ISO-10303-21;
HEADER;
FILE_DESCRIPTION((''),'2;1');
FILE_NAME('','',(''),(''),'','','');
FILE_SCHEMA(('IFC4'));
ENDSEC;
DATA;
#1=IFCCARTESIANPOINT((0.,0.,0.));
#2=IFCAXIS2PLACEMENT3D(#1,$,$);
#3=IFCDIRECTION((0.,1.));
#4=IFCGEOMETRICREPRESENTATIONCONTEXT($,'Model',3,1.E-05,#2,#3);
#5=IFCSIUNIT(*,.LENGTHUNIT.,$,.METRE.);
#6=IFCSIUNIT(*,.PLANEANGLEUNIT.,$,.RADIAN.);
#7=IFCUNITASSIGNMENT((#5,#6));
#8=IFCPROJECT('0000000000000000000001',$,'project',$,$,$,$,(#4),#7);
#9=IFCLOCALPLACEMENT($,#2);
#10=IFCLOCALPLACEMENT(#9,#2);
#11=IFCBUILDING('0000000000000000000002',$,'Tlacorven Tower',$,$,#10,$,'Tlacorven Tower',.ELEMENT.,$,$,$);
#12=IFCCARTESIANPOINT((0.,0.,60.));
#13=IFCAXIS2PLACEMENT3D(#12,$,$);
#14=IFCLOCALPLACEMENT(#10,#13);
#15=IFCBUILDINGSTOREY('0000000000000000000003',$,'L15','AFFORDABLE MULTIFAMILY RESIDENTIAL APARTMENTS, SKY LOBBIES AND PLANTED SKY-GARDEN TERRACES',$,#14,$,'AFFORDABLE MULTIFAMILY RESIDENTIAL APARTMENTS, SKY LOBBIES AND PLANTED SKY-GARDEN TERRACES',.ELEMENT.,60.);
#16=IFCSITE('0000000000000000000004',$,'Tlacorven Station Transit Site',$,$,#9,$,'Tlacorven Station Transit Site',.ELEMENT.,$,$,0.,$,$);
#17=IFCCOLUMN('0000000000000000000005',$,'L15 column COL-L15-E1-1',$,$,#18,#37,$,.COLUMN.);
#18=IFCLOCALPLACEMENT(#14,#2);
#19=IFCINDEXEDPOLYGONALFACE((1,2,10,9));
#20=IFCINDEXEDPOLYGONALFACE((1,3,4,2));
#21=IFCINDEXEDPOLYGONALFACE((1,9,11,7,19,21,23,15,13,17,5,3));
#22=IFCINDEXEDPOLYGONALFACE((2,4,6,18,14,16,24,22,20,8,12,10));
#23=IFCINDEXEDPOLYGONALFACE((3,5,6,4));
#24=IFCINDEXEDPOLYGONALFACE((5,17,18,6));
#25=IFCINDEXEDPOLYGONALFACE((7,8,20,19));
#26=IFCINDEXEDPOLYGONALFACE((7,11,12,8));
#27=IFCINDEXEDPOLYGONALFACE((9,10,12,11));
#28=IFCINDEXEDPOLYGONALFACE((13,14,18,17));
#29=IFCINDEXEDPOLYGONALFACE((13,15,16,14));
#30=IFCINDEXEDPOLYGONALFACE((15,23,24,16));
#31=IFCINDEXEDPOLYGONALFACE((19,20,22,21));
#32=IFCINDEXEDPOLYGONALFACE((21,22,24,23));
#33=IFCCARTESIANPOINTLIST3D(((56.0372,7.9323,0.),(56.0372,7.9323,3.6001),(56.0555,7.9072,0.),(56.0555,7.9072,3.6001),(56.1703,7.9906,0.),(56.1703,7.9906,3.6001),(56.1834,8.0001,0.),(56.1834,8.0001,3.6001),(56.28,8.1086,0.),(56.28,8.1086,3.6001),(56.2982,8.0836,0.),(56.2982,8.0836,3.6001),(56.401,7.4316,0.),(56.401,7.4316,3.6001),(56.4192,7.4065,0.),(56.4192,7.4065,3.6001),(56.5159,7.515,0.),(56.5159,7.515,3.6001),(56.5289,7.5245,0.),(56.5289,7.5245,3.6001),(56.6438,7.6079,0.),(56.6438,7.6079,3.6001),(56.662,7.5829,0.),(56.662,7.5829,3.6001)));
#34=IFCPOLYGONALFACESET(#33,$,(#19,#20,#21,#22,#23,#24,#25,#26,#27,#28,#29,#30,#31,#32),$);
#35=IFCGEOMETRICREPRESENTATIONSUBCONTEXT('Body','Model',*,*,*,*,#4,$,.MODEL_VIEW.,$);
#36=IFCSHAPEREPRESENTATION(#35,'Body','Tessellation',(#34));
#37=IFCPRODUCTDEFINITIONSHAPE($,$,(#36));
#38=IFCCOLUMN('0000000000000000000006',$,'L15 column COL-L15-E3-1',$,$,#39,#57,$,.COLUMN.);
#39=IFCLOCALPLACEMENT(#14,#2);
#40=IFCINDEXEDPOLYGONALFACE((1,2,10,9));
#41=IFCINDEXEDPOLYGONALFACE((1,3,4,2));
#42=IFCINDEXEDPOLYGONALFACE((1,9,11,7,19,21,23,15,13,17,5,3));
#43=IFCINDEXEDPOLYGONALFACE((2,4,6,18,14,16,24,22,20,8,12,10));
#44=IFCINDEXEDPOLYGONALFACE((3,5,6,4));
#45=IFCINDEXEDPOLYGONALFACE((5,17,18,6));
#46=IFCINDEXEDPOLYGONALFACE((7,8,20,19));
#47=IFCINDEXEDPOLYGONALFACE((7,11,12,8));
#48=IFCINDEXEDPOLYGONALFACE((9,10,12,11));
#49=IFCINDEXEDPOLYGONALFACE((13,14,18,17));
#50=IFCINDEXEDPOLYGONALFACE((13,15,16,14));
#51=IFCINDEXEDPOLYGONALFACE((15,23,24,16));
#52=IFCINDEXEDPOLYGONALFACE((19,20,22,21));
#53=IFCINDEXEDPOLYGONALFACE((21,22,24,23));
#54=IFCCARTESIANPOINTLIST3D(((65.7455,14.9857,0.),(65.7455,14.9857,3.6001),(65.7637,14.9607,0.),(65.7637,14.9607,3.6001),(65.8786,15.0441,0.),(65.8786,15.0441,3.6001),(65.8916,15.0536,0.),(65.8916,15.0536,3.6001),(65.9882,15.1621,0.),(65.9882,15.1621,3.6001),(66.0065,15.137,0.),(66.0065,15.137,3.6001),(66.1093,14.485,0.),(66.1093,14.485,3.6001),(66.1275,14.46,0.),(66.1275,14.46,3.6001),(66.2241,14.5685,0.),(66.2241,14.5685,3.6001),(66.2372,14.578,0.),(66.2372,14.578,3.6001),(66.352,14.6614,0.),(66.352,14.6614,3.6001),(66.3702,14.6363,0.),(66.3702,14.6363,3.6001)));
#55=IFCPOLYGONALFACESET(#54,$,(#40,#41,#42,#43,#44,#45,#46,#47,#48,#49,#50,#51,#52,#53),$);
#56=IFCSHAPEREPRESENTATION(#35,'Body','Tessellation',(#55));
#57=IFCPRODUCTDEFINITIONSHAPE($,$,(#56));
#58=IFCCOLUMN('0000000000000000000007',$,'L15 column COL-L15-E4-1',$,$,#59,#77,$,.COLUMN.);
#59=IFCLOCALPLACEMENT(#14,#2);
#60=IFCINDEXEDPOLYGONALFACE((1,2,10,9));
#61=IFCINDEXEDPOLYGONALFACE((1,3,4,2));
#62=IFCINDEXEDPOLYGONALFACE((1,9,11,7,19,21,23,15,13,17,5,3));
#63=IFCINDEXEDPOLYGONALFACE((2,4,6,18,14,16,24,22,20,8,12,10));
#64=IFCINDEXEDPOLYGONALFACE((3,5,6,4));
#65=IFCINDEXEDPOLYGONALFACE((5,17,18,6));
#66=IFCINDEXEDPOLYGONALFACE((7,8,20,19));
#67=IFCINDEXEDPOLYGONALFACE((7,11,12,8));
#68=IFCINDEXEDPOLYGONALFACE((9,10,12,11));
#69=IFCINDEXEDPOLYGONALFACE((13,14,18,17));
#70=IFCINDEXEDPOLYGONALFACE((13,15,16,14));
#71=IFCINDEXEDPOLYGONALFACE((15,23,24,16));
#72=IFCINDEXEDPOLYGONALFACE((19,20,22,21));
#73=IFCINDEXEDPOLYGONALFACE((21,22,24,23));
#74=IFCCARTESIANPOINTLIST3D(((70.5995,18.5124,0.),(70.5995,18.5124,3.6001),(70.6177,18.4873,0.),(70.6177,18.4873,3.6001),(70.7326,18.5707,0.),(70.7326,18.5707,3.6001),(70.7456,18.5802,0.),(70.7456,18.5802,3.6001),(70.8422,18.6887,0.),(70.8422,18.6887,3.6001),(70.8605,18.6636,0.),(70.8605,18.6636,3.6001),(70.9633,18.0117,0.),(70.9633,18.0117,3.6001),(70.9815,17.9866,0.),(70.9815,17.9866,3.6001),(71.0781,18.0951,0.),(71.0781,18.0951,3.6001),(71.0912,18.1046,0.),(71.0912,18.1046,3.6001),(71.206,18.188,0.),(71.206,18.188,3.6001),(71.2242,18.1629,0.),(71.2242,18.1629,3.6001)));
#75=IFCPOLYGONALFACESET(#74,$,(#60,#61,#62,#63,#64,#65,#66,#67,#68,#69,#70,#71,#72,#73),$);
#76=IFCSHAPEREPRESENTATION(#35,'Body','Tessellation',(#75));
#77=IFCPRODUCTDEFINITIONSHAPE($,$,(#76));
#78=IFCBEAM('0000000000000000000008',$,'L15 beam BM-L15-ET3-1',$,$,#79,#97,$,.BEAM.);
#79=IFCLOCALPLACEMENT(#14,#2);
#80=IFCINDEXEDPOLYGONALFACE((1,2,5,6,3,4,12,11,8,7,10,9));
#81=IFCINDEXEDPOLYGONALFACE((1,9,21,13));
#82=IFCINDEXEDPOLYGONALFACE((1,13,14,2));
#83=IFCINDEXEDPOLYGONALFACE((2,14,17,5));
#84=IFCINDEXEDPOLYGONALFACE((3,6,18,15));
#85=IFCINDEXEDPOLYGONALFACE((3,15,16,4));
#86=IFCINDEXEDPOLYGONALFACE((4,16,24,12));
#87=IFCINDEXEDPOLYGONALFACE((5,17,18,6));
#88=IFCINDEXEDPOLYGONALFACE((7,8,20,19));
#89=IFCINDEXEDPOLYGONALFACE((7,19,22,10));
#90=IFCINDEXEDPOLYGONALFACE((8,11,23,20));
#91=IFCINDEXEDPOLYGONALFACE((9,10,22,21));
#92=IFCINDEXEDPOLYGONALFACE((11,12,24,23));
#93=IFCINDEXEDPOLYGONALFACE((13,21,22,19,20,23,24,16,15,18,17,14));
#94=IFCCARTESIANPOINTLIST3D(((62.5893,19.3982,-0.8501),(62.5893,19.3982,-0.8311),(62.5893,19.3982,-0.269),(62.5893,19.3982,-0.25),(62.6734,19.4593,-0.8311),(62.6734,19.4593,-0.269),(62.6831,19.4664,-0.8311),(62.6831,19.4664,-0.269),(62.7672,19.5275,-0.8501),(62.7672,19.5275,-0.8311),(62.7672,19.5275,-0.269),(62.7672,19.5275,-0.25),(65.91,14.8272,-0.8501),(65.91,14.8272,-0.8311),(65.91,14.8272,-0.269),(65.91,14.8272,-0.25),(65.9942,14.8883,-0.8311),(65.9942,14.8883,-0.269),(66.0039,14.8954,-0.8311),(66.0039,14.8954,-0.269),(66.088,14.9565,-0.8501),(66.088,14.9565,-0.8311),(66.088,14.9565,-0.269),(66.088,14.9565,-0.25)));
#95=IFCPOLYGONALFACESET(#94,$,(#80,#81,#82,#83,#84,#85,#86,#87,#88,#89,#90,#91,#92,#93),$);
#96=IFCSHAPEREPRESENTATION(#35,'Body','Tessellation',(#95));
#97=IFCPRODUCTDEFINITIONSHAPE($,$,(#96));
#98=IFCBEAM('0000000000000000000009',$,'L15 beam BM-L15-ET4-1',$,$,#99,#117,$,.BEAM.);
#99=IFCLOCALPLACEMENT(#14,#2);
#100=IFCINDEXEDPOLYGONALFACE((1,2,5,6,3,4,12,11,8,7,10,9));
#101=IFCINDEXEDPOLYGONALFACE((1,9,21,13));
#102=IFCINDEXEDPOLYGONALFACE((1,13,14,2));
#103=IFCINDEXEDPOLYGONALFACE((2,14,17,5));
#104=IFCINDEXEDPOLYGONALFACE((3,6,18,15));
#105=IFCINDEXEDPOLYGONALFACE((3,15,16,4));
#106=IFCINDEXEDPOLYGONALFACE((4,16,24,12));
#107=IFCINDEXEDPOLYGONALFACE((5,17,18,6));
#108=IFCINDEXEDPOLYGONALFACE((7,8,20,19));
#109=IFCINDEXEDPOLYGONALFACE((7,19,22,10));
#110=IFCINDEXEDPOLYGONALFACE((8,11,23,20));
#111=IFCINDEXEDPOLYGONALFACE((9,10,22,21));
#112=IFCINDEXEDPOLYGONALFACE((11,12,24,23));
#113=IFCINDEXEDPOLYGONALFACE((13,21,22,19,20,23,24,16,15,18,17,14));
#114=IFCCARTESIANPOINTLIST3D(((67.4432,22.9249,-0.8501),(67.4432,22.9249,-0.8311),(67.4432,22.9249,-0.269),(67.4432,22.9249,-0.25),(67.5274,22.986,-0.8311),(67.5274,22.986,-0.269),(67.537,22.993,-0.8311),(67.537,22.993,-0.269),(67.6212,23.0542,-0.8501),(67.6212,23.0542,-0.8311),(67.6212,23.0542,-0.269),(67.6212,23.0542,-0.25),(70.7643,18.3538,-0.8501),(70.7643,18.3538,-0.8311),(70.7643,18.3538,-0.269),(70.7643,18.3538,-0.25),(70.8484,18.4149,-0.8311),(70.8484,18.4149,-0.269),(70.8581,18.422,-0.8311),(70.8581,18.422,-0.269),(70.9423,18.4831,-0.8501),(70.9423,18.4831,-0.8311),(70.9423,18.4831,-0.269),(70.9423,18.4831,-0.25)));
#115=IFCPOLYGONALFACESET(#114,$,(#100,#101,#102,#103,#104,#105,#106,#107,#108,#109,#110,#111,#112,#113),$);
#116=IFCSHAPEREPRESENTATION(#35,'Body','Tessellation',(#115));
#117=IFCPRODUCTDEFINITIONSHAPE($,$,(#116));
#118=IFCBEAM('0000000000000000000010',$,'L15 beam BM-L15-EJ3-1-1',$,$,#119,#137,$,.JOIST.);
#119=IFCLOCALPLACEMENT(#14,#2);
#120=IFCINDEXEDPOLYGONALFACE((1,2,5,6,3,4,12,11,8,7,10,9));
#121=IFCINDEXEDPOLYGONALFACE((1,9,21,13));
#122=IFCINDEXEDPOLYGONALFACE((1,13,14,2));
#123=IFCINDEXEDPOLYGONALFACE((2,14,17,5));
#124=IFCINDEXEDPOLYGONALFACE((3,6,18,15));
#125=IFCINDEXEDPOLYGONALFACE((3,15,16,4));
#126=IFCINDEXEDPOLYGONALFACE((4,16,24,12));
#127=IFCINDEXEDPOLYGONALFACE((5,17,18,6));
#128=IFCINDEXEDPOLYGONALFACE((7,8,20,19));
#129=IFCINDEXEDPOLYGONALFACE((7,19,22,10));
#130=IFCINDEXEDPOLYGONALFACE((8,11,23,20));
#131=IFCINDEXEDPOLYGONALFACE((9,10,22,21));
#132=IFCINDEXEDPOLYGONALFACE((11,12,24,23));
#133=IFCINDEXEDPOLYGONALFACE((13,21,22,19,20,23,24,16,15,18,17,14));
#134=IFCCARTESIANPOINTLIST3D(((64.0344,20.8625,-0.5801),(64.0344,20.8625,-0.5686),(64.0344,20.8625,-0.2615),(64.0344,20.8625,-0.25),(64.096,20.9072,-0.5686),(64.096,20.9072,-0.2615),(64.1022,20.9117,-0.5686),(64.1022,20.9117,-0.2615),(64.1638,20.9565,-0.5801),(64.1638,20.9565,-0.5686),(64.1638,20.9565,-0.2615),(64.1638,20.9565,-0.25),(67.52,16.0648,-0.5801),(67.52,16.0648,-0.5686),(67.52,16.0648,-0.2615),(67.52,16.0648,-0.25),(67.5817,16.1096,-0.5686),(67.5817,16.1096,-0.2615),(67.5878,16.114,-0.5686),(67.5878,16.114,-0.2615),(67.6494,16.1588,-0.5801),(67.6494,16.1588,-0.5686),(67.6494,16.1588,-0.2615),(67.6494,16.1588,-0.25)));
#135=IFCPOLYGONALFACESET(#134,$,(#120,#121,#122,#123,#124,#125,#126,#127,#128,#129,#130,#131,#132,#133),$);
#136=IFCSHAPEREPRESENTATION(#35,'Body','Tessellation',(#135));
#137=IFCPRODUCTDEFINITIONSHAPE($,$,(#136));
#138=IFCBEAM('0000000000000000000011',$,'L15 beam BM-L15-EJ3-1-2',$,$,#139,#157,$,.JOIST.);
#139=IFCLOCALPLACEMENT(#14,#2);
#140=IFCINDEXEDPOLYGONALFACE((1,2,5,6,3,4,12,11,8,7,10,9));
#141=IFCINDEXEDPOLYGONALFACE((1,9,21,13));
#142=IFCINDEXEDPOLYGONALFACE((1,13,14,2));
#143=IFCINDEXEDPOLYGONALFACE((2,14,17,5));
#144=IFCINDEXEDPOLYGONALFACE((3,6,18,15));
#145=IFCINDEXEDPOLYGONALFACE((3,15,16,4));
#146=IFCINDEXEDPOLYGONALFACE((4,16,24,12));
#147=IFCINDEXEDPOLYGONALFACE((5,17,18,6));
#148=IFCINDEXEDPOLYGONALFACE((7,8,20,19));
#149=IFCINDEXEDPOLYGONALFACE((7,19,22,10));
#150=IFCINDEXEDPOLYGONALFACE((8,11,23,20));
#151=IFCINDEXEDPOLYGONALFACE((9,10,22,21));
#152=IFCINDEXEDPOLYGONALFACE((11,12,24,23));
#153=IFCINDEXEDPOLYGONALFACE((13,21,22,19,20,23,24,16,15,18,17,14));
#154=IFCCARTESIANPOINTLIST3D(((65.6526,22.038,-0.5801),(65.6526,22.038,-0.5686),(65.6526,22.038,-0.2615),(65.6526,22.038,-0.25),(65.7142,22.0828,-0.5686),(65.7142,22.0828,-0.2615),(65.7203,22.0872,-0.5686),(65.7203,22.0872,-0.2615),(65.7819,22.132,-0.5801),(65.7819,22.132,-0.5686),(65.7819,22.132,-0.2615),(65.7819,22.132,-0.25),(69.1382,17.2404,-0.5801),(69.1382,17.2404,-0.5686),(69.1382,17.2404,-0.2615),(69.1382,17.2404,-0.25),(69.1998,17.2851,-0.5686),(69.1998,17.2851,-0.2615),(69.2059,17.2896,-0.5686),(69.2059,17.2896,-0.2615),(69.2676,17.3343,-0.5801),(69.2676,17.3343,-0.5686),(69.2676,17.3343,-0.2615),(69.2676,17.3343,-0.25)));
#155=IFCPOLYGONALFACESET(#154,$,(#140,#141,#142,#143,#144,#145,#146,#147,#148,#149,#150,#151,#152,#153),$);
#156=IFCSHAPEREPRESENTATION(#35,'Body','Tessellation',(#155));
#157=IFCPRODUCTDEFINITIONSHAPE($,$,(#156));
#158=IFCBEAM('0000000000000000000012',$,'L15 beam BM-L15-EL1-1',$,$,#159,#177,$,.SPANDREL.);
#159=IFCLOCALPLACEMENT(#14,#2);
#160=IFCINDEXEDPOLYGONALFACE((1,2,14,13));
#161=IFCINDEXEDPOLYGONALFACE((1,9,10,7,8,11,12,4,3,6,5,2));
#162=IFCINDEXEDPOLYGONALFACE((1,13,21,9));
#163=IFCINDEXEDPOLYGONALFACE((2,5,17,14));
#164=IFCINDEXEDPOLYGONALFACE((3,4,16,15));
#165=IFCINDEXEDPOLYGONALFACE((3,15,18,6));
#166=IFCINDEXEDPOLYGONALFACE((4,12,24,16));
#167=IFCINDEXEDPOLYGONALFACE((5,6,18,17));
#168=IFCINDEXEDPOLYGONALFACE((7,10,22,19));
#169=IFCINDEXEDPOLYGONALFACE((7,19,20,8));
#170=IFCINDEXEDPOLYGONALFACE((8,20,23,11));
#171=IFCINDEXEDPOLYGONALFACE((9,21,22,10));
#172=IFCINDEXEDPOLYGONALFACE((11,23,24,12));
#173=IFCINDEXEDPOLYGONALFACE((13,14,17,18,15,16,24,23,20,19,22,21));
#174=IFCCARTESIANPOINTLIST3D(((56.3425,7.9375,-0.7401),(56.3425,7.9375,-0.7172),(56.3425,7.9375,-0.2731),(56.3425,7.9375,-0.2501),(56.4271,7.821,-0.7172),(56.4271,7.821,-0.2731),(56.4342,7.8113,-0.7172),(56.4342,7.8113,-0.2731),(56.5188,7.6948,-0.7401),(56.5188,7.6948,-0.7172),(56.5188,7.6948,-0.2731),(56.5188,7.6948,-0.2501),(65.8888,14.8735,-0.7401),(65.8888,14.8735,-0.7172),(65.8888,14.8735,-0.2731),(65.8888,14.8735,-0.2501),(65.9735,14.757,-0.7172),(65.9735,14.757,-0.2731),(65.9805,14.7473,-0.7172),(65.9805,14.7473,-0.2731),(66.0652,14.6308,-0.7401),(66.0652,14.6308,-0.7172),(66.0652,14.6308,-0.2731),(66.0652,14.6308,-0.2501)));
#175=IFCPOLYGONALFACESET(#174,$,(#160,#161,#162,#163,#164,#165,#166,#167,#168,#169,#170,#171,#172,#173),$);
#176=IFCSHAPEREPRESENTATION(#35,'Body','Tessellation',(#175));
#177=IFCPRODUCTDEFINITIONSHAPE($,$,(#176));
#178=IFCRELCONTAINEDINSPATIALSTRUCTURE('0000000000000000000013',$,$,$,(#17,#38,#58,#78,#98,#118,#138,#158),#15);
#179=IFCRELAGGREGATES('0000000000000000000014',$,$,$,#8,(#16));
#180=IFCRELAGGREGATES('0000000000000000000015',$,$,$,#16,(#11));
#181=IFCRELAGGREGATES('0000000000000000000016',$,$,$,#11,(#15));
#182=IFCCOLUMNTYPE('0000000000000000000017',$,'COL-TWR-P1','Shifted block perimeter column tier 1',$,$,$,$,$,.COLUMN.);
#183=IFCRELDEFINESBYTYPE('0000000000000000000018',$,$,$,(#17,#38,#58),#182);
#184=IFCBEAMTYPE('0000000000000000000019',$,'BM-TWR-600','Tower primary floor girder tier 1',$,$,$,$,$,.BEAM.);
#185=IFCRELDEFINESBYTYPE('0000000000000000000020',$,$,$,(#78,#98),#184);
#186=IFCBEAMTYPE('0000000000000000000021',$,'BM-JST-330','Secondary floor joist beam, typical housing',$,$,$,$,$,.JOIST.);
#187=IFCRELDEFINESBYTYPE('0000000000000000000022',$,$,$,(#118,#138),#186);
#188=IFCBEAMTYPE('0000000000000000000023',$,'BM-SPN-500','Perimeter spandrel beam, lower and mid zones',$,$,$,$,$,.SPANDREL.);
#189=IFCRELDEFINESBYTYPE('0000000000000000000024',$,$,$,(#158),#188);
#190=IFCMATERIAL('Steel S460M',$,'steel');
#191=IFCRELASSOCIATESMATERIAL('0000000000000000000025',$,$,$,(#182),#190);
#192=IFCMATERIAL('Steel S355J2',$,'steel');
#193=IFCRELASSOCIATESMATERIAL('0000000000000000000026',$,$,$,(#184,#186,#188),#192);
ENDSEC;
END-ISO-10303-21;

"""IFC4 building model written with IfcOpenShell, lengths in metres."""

from ifc_helpers import new_model, si_unit, direction, frame, origin, origin_2d, place, context, subcontext, project, spatial, i_section, extrude, source, transform, mapped, material, material_profile, profile_set, type_object, element, save


model = new_model("IFC4")

# Units and contexts
model_context = context("Model", 3, precision=1e-05, world=origin(), true_north=direction((0.0, 1.0)))
body_context = subcontext(model_context, "Body", "Model", "MODEL_VIEW")
ifc_project = project(units=[si_unit("LENGTHUNIT", "METRE"), si_unit("PLANEANGLEUNIT", "RADIAN")], contexts=[model_context])

# Site, building, storey
site_placement = place(None, origin())
site = spatial("IfcSite", under=ifc_project, at=site_placement, Name="Tlacorven Station Transit Site", LongName="Tlacorven Station Transit Site", CompositionType="ELEMENT", RefElevation=0.0)
building_placement = place(site_placement, origin())
building = spatial("IfcBuilding", under=site, at=building_placement, Name="Tlacorven Tower", LongName="Tlacorven Tower", CompositionType="ELEMENT")
storey_placement = place(building_placement, frame((0.0, 0.0, 60.0)))
storey = spatial("IfcBuildingStorey", under=building, at=storey_placement, Name="L15", Description="AFFORDABLE MULTIFAMILY RESIDENTIAL APARTMENTS, SKY LOBBIES AND PLANTED SKY-GARDEN TERRACES", LongName="AFFORDABLE MULTIFAMILY RESIDENTIAL APARTMENTS, SKY LOBBIES AND PLANTED SKY-GARDEN TERRACES", CompositionType="ELEMENT", Elevation=60.0)

# Columns
ifc_material_1 = material(Name="Steel S460M", Category="steel")
ifc_material_profile_1 = material_profile(ifc_material_1, i_section(OverallWidth=0.3, OverallDepth=0.6499, WebThickness=0.0161, FlangeThickness=0.031, at=origin_2d()), Name="HEB 650")
ifc_profile_set_1 = profile_set([ifc_material_profile_1], Name="Steel S460M")
column_type = type_object("IfcColumnType", Name="COL-TWR-P1", Description="Shifted block perimeter column tier 1", PredefinedType="COLUMN", material=ifc_profile_set_1)
shared_shape_1 = source(origin(), body_context, "Body", "SweptSolid", [
    extrude(i_section(OverallWidth=0.3, OverallDepth=0.6499, WebThickness=0.0161, FlangeThickness=0.031, at=origin_2d()), origin(), (0.0, 0.0, 1.0), 3.6001),
])
for number, where, z_axis, x_axis, name in (
    (1, (56.3496, 7.7576, 0.0), (0.0, 0.0, 1.0), (0.809017, 0.587785, 0.0), "L15 column COL-L15-E1-1"),
    (2, (66.0579, 14.811, 0.0), (0.0, 0.0, 1.0), (0.809017, 0.587785, 0.0), "L15 column COL-L15-E3-1"),
    (3, (70.9119, 18.3376, 0.0), (0.0, 0.0, 1.0), (0.809017, 0.587785, 0.0), "L15 column COL-L15-E4-1"),
):
    element("IfcColumn", number, at=place(storey_placement, frame(where, z_axis=z_axis, x_axis=x_axis)), inside=storey, type_object=column_type, Name=name, PredefinedType="COLUMN", context=body_context, shape_type="MappedRepresentation", body=[
        mapped(shared_shape_1, transform((0.0, 0.0, 0.0), scale=1.0)),
    ])

# Beams
ifc_material_2 = material(Name="Steel S355J2", Category="steel")
ifc_material_profile_2 = material_profile(ifc_material_2, i_section(OverallWidth=0.22, OverallDepth=0.6001, WebThickness=0.012, FlangeThickness=0.019, at=origin_2d()), Name="IPE 600")
ifc_profile_set_2 = profile_set([ifc_material_profile_2], Name="Steel S355J2")
beam_type_1 = type_object("IfcBeamType", Name="BM-TWR-600", Description="Tower primary floor girder tier 1", PredefinedType="BEAM", material=ifc_profile_set_2)
shared_shape_2 = source(origin(), body_context, "Body", "SweptSolid", [
    extrude(i_section(OverallWidth=0.22, OverallDepth=0.6001, WebThickness=0.012, FlangeThickness=0.019, at=origin_2d()), origin(), (0.0, 0.0, 1.0), 5.6499),
])
beam_1_placement = place(storey_placement, frame((65.999, 14.8918, -0.55), z_axis=(-0.587755, 0.809039, 0.0), x_axis=(-0.809039, -0.587755, 0.0)))
element("IfcBeam", 4, at=beam_1_placement, inside=storey, type_object=beam_type_1, Name="L15 beam BM-L15-ET3-1", PredefinedType="BEAM", context=body_context, shape_type="MappedRepresentation", body=[
    mapped(shared_shape_2, transform((0.0, 0.0, 0.0), scale=1.0)),
])
shared_shape_3 = source(origin(), body_context, "Body", "SweptSolid", [
    extrude(i_section(OverallWidth=0.22, OverallDepth=0.6001, WebThickness=0.012, FlangeThickness=0.019, at=origin_2d()), origin(), (0.0, 0.0, 1.0), 5.6501),
])
beam_2_placement = place(storey_placement, frame((70.8533, 18.4185, -0.55), z_axis=(-0.587784, 0.809018, 0.0), x_axis=(-0.809018, -0.587784, 0.0)))
element("IfcBeam", 5, at=beam_2_placement, inside=storey, type_object=beam_type_1, Name="L15 beam BM-L15-ET4-1", PredefinedType="BEAM", context=body_context, shape_type="MappedRepresentation", body=[
    mapped(shared_shape_3, transform((0.0, 0.0, 0.0), scale=1.0)),
])
ifc_material_profile_3 = material_profile(ifc_material_2, i_section(OverallWidth=0.1599, OverallDepth=0.3301, WebThickness=0.0076, FlangeThickness=0.0115, at=origin_2d()), Name="IPE 330")
ifc_profile_set_3 = profile_set([ifc_material_profile_3], Name="Steel S355J2")
beam_type_2 = type_object("IfcBeamType", Name="BM-JST-330", Description="Secondary floor joist beam, typical housing", PredefinedType="JOIST", material=ifc_profile_set_3)
shared_shape_4 = source(origin(), body_context, "Body", "SweptSolid", [
    extrude(i_section(OverallWidth=0.1599, OverallDepth=0.3301, WebThickness=0.0076, FlangeThickness=0.0115, at=origin_2d()), origin(), (0.0, 0.0, 1.0), 5.9302),
])
for number, where, z_axis, x_axis, name in (
    (6, (67.5847, 16.1118, -0.415), (-0.587778, 0.809023, 0.0), (-0.809023, -0.587778, 0.0), "L15 beam BM-L15-EJ3-1-1"),
    (7, (69.2029, 17.2874, -0.415), (-0.587778, 0.809023, 0.0), (-0.809023, -0.587778, 0.0), "L15 beam BM-L15-EJ3-1-2"),
):
    element("IfcBeam", number, at=place(storey_placement, frame(where, z_axis=z_axis, x_axis=x_axis)), inside=storey, type_object=beam_type_2, Name=name, PredefinedType="JOIST", context=body_context, shape_type="MappedRepresentation", body=[
        mapped(shared_shape_4, transform((0.0, 0.0, 0.0), scale=1.0)),
    ])
ifc_material_profile_4 = material_profile(ifc_material_2, i_section(OverallWidth=0.3, OverallDepth=0.49, WebThickness=0.012, FlangeThickness=0.0229, at=origin_2d()), Name="HEA 500")
ifc_profile_set_4 = profile_set([ifc_material_profile_4], Name="Steel S355J2")
beam_type_3 = type_object("IfcBeamType", Name="BM-SPN-500", Description="Perimeter spandrel beam, lower and mid zones", PredefinedType="SPANDREL", material=ifc_profile_set_4)
shared_shape_5 = source(origin(), body_context, "Body", "SweptSolid", [
    extrude(i_section(OverallWidth=0.3, OverallDepth=0.49, WebThickness=0.012, FlangeThickness=0.0229, at=origin_2d()), origin(), (0.0, 0.0, 1.0), 11.8),
])
beam_3_placement = place(storey_placement, frame((56.4307, 7.8162, -0.4951), z_axis=(0.80901, 0.587795, 0.0), x_axis=(-0.587795, 0.80901, 0.0)))
element("IfcBeam", 8, at=beam_3_placement, inside=storey, type_object=beam_type_3, Name="L15 beam BM-L15-EL1-1", PredefinedType="SPANDREL", context=body_context, shape_type="MappedRepresentation", body=[
    mapped(shared_shape_5, transform((0.0, 0.0, 0.0), scale=1.0)),
])

save(model, "model.ifc")
